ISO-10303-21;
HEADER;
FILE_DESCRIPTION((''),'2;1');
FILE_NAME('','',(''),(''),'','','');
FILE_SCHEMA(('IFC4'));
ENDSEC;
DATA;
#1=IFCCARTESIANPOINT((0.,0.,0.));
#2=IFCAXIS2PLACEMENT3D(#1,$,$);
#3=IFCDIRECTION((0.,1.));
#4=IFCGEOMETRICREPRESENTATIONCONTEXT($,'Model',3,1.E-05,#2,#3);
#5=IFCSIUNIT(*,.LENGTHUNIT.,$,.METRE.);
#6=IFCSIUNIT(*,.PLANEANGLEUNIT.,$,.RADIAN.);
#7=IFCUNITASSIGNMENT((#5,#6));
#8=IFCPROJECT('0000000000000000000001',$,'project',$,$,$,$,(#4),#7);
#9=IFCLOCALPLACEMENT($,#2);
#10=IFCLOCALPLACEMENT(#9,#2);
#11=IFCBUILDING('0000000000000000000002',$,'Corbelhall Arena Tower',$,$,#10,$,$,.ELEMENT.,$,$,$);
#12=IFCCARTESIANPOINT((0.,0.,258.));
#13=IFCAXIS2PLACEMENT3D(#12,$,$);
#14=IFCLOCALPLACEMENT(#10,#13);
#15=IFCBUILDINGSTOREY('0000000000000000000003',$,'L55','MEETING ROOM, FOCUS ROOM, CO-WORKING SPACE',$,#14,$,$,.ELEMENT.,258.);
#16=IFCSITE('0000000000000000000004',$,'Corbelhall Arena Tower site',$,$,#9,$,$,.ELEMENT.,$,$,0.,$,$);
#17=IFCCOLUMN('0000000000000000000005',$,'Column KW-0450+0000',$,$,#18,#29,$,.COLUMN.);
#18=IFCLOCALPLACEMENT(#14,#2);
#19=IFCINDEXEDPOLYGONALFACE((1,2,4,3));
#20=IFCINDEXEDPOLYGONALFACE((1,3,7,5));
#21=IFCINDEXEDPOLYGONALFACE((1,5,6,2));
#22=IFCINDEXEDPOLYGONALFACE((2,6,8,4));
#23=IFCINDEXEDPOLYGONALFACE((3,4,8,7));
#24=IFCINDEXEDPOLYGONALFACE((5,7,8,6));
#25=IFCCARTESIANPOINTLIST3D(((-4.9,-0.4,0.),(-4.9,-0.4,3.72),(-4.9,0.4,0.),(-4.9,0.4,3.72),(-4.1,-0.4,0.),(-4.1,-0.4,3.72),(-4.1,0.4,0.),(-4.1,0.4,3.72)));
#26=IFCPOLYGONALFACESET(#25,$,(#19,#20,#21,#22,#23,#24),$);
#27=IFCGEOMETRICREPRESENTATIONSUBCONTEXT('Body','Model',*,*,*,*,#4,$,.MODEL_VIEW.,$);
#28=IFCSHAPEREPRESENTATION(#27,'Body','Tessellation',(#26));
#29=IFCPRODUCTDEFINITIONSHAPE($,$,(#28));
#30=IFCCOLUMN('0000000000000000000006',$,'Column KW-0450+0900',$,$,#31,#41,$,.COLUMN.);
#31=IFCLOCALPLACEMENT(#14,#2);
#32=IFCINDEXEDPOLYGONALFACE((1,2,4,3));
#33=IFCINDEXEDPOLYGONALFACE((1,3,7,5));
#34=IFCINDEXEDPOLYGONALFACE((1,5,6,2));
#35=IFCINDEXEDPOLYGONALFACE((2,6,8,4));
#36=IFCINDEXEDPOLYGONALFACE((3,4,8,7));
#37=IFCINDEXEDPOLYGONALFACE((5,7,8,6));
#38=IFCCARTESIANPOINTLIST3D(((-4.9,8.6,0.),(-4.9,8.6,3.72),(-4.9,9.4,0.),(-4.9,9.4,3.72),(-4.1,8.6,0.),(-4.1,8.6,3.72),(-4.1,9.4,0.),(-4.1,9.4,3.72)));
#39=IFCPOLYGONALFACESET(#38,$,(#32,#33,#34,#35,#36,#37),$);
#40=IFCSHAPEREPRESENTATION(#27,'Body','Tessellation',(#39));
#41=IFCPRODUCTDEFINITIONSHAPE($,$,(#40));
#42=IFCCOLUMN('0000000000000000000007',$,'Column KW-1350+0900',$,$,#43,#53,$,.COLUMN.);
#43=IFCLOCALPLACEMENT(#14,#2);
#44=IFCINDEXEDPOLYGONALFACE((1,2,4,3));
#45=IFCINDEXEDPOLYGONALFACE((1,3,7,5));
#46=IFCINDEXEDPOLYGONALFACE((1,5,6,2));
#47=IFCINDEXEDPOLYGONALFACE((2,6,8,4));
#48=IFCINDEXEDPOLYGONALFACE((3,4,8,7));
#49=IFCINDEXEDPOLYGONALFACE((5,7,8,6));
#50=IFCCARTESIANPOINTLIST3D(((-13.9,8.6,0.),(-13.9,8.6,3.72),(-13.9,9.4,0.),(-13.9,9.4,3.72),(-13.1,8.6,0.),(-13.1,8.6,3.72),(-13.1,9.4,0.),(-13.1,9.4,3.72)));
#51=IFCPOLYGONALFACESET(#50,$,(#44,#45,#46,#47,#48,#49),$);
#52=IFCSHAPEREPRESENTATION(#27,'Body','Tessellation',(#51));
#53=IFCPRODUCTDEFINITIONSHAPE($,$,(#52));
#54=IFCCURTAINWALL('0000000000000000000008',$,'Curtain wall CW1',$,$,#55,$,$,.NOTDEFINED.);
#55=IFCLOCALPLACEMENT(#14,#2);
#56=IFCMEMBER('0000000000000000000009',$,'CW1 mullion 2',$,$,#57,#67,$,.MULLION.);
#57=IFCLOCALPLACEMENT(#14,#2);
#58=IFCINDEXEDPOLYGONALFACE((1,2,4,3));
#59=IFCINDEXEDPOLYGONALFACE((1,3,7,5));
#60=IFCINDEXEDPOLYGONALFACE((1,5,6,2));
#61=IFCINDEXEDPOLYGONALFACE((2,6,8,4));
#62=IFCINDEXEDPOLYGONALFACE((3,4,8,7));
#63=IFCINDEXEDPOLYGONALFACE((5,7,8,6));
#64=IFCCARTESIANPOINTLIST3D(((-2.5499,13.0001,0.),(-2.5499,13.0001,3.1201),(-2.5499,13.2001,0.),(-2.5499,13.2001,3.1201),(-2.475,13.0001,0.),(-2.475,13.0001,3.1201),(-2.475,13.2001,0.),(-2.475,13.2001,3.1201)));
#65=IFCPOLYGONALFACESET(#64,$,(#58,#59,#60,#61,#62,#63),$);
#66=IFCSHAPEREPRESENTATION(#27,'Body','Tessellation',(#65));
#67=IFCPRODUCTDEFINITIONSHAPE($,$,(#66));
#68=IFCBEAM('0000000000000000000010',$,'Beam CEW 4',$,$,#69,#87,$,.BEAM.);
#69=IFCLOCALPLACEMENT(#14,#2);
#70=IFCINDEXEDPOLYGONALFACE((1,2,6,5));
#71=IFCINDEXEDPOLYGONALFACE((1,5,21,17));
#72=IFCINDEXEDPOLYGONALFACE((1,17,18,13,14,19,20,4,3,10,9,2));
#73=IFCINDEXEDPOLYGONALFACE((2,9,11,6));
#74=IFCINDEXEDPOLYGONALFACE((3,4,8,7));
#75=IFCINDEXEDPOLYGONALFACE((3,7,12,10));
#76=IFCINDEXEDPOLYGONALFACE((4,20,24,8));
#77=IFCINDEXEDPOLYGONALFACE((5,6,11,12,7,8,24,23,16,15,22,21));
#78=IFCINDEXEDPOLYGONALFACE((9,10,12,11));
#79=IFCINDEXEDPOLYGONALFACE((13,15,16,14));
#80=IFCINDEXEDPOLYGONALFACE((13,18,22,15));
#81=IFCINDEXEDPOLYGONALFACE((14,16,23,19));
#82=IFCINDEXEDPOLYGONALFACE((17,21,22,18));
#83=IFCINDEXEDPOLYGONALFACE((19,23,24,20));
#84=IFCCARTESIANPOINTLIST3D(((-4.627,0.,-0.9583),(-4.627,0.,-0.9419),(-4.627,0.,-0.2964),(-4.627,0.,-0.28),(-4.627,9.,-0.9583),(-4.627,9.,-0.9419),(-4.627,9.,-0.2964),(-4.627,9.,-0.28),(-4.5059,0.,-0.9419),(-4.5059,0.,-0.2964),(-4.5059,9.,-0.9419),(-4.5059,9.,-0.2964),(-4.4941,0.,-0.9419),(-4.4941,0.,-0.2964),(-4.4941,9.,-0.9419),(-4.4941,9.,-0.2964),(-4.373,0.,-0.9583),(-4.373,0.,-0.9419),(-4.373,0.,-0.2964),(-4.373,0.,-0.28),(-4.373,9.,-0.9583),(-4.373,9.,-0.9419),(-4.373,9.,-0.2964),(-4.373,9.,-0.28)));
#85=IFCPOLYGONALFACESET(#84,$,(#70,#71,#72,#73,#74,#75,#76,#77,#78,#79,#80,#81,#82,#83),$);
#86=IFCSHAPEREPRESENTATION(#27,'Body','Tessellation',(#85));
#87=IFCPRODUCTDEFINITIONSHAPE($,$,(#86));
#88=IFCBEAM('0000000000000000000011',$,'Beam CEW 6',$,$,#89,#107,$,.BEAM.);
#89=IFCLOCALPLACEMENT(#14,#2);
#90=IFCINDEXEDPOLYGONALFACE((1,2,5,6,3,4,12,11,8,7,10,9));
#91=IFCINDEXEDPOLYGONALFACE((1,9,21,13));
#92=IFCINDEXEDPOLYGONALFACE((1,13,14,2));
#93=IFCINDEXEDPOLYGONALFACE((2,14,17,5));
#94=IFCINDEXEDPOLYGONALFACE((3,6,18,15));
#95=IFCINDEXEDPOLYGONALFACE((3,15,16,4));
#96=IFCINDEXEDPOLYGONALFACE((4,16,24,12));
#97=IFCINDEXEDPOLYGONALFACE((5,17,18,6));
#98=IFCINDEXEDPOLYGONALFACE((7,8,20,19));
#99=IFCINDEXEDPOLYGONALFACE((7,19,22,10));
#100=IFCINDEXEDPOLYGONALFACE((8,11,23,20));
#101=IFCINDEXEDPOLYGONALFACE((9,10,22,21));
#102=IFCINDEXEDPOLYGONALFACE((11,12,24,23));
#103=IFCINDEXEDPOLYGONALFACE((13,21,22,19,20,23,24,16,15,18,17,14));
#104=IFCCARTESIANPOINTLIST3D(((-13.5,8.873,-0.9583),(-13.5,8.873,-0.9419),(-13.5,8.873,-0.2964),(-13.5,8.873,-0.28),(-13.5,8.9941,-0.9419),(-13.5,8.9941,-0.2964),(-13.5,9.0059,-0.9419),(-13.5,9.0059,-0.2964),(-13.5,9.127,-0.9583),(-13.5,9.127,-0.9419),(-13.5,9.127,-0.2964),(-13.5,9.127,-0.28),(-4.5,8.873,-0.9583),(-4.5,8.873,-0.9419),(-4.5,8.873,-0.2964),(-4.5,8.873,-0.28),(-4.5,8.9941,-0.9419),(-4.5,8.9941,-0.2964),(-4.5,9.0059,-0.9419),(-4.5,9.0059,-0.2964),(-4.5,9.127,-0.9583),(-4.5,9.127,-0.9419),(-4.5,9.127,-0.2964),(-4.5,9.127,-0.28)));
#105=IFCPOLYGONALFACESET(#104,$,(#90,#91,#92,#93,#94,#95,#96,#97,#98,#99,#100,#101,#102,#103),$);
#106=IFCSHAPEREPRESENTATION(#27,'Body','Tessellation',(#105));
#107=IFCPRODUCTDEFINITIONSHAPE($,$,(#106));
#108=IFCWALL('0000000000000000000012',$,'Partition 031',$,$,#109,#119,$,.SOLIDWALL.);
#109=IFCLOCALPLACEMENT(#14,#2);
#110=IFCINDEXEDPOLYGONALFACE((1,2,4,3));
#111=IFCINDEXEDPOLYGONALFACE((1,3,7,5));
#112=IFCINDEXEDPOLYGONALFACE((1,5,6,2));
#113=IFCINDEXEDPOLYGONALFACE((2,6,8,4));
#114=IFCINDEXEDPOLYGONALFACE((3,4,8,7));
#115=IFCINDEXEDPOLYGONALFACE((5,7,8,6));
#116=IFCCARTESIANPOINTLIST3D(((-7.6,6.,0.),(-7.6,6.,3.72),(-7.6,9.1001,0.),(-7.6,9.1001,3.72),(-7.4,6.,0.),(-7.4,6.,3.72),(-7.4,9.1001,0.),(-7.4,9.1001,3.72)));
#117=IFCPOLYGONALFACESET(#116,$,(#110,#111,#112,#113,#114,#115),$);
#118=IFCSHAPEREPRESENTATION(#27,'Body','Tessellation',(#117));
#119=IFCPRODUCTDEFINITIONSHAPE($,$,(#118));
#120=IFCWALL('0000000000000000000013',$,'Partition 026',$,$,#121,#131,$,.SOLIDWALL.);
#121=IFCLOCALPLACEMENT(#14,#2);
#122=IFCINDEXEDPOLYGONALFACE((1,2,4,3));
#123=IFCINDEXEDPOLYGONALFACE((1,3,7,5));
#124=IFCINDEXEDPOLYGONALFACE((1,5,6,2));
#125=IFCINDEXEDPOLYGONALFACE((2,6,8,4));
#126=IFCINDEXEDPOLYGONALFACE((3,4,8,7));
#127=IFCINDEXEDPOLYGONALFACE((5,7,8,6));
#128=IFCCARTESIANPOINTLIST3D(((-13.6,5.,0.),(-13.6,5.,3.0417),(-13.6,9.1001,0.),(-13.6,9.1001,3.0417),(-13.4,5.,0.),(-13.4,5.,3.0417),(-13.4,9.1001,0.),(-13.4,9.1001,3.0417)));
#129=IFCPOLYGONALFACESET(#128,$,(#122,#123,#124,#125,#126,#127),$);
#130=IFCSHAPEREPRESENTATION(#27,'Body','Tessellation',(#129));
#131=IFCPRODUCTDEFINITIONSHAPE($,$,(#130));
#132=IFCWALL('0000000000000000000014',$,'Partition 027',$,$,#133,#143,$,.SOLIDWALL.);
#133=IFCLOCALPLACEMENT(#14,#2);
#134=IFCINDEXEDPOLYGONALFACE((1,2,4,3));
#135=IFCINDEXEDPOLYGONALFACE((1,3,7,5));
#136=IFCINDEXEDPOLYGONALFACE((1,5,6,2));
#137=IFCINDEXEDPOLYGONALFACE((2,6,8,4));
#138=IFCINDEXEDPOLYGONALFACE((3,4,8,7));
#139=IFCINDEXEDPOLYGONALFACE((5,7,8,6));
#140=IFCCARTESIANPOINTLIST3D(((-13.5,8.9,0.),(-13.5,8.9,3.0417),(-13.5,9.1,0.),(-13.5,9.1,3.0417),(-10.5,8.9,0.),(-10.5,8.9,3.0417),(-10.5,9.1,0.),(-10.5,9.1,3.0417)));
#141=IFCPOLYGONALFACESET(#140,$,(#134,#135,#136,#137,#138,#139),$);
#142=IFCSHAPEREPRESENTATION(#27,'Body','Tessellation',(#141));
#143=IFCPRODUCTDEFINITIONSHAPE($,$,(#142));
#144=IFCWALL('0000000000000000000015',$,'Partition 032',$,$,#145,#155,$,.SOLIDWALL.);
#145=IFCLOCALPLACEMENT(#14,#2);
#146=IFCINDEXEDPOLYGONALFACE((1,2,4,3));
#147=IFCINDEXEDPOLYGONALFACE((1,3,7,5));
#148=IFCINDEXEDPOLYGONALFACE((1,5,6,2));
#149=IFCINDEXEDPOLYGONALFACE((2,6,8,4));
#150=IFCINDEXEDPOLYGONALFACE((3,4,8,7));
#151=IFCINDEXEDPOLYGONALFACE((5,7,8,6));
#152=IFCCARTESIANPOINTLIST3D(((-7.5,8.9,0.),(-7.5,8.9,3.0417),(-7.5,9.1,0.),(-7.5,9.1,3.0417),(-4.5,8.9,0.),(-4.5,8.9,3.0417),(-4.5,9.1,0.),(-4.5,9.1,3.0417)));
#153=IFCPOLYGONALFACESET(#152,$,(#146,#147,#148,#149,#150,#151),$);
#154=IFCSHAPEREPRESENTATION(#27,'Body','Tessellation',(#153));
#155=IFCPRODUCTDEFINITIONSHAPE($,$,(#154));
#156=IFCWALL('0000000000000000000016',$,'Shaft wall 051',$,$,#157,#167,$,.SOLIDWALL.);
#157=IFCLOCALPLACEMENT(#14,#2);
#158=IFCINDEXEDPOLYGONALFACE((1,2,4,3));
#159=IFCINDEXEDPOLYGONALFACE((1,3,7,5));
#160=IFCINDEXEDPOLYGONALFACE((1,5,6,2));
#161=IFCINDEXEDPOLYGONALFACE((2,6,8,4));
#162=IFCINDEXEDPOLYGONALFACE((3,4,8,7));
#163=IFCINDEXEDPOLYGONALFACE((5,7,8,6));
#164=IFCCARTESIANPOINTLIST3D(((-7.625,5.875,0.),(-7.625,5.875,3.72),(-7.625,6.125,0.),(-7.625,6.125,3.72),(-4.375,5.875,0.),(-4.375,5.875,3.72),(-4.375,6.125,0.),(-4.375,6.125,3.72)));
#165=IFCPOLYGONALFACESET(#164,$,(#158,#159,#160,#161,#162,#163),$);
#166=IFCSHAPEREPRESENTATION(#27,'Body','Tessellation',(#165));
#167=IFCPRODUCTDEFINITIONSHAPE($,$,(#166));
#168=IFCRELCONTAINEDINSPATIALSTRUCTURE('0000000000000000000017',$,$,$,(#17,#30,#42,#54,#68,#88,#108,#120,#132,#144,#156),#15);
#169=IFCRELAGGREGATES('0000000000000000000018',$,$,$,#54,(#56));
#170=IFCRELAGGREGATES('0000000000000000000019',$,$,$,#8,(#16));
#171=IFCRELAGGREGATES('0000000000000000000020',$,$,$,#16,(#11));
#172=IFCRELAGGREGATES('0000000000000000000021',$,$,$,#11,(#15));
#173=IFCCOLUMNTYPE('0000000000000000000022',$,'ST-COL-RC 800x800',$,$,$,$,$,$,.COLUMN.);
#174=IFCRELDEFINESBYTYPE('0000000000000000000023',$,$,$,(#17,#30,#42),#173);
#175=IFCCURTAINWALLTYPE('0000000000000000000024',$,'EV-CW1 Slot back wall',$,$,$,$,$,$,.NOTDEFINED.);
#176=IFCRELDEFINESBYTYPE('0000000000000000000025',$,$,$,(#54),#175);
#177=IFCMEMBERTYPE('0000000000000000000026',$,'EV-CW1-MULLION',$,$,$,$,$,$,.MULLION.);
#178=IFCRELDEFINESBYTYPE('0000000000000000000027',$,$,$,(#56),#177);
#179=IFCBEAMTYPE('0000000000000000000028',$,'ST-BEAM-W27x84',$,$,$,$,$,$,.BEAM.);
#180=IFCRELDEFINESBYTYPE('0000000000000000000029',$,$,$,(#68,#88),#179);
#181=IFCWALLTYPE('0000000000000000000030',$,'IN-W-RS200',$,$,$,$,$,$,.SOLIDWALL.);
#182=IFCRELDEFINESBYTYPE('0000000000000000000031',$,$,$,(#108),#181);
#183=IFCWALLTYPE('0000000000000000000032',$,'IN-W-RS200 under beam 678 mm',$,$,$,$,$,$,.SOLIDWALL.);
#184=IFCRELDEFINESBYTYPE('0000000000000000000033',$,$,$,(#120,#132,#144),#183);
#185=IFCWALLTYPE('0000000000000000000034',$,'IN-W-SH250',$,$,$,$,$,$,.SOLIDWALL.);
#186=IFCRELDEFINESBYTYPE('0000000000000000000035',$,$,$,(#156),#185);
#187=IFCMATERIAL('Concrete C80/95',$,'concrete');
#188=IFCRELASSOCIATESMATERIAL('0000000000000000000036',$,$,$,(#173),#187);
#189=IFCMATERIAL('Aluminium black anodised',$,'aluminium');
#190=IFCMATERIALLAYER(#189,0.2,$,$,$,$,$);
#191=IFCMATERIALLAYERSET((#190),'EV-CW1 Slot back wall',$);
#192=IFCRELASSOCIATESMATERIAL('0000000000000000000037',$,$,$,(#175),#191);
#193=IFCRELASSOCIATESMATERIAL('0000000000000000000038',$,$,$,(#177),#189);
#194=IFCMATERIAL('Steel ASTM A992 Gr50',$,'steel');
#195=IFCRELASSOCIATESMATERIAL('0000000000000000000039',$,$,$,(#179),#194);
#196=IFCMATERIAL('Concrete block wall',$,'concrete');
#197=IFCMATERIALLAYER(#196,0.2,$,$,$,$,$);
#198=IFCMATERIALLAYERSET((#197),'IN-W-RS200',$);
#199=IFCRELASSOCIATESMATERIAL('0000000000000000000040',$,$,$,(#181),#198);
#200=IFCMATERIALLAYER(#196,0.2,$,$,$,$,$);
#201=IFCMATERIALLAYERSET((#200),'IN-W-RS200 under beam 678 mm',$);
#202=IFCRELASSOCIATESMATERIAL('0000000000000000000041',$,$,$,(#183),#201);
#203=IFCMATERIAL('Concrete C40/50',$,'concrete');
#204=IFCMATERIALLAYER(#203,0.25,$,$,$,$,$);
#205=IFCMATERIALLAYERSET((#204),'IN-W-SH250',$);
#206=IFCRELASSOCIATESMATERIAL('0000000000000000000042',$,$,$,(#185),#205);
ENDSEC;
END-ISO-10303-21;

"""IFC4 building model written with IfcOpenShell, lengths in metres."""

from ifc_helpers import new_model, si_unit, direction, frame, frame_2d, origin, origin_2d, place, context, subcontext, project, spatial, rectangle, i_section, extrude, material, layer, layer_set, material_profile, profile_set, type_object, element, aggregate, save


model = new_model("IFC4")

# Units and contexts
model_context = context("Model", 3, precision=1e-05, world=origin(), true_north=direction((0.0, 1.0)))
body_context = subcontext(model_context, "Body", "Model", "MODEL_VIEW")
ifc_project = project(units=[si_unit("LENGTHUNIT", "METRE"), si_unit("PLANEANGLEUNIT", "RADIAN")], contexts=[model_context])

# Site, building, storey
site_placement = place(None, origin())
site = spatial("IfcSite", under=ifc_project, at=site_placement, Name="Corbelhall Arena Tower site", CompositionType="ELEMENT", RefElevation=0.0)
building_placement = place(site_placement, origin())
building = spatial("IfcBuilding", under=site, at=building_placement, Name="Corbelhall Arena Tower", CompositionType="ELEMENT")
storey_placement = place(building_placement, frame((0.0, 0.0, 258.0)))
storey = spatial("IfcBuildingStorey", under=building, at=storey_placement, Name="L55", Description="MEETING ROOM, FOCUS ROOM, CO-WORKING SPACE", CompositionType="ELEMENT", Elevation=258.0)

# Columns
ifc_material_1 = material(Name="Concrete C80/95", Category="concrete")
ifc_material_profile_1 = material_profile(ifc_material_1, rectangle(XDim=0.8, YDim=0.8, at=origin_2d()))
ifc_profile_set_1 = profile_set([ifc_material_profile_1], Name="Concrete C80/95")
column_type = type_object("IfcColumnType", Name="ST-COL-RC 800x800", PredefinedType="COLUMN", material=ifc_profile_set_1)
for number, where, z_axis, x_axis, name in (
    (1, (-4.5, 0.0, 0.0), (0.0, 0.0, 1.0), (1.0, 0.0, 0.0), "Column KW-0450+0000"),
    (2, (-4.5, 9.0, 0.0), (0.0, 0.0, 1.0), (1.0, 0.0, 0.0), "Column KW-0450+0900"),
    (3, (-13.5, 9.0, 0.0), (0.0, 0.0, 1.0), (1.0, 0.0, 0.0), "Column KW-1350+0900"),
):
    element("IfcColumn", number, at=place(storey_placement, frame(where, z_axis=z_axis, x_axis=x_axis)), inside=storey, type_object=column_type, Name=name, PredefinedType="COLUMN", context=body_context, shape_type="SweptSolid", body=[
        extrude(rectangle(XDim=0.8, YDim=0.8, at=origin_2d()), origin(), (0.0, 0.0, 1.0), 3.72),
    ])

# Curtain wall, member
ifc_material_2 = material(Name="Aluminium black anodised", Category="aluminium")
ifc_layer_1 = layer(ifc_material_2, 0.2)
ifc_layer_set_1 = layer_set([ifc_layer_1], Name="EV-CW1 Slot back wall")
curtain_wall_type = type_object("IfcCurtainWallType", Name="EV-CW1 Slot back wall", PredefinedType="NOTDEFINED", material=ifc_layer_set_1)
curtain_wall_placement = place(storey_placement, origin())
curtain_wall = element("IfcCurtainWall", 4, at=curtain_wall_placement, inside=storey, type_object=curtain_wall_type, Name="Curtain wall CW1", PredefinedType="NOTDEFINED")
ifc_material_profile_2 = material_profile(ifc_material_2, rectangle(XDim=0.2, YDim=0.075, at=origin_2d()))
ifc_profile_set_2 = profile_set([ifc_material_profile_2], Name="Aluminium black anodised")
member_type = type_object("IfcMemberType", Name="EV-CW1-MULLION", PredefinedType="MULLION", material=ifc_profile_set_2)
member_placement = place(storey_placement, frame((-2.5125, 13.1001, 0.0), z_axis=(0.0, 0.0, 1.0), x_axis=(0.0, -1.0, 0.0)))
member = element("IfcMember", 5, at=member_placement, type_object=member_type, Name="CW1 mullion 2", PredefinedType="MULLION", context=body_context, shape_type="SweptSolid", body=[
    extrude(rectangle(XDim=0.2, YDim=0.075, at=origin_2d()), origin(), (0.0, 0.0, 1.0), 3.1201),
])
aggregate(curtain_wall, [member])

# Beams
ifc_material_3 = material(Name="Steel ASTM A992 Gr50", Category="steel")
ifc_material_profile_3 = material_profile(ifc_material_3, i_section(OverallWidth=0.2539, OverallDepth=0.6782, WebThickness=0.0117, FlangeThickness=0.0164, at=origin_2d()))
ifc_profile_set_3 = profile_set([ifc_material_profile_3], Name="Steel ASTM A992 Gr50")
beam_type = type_object("IfcBeamType", Name="ST-BEAM-W27x84", PredefinedType="BEAM", material=ifc_profile_set_3)
for number, where, z_axis, x_axis, name in (
    (6, (-4.5, 0.0, -0.6191), (0.0, 1.0, 0.0), (-1.0, 0.0, 0.0), "Beam CEW 4"),
    (7, (-13.5, 9.0, -0.6191), (1.0, 0.0, 0.0), (0.0, 1.0, 0.0), "Beam CEW 6"),
):
    element("IfcBeam", number, at=place(storey_placement, frame(where, z_axis=z_axis, x_axis=x_axis)), inside=storey, type_object=beam_type, Name=name, PredefinedType="BEAM", context=body_context, shape_type="SweptSolid", body=[
        extrude(i_section(OverallWidth=0.2539, OverallDepth=0.6782, WebThickness=0.0117, FlangeThickness=0.0164, at=origin_2d()), origin(), (0.0, 0.0, 1.0), 9.0),
    ])

# Shared definitions
ifc_material_4 = material(Name="Concrete block wall", Category="concrete")
ifc_layer_2 = layer(ifc_material_4, 0.2)
ifc_layer_set_2 = layer_set([ifc_layer_2], Name="IN-W-RS200")
wall_type_1 = type_object("IfcWallType", Name="IN-W-RS200", PredefinedType="SOLIDWALL", material=ifc_layer_set_2)

# Walls
wall_1_placement = place(storey_placement, frame((-7.5, 6.0, 0.0), z_axis=(0.0, 0.0, 1.0), x_axis=(0.0, 1.0, 0.0)))
element("IfcWall", 8, at=wall_1_placement, inside=storey, type_object=wall_type_1, Name="Partition 031", PredefinedType="SOLIDWALL", context=body_context, shape_type="SweptSolid", body=[
    extrude(rectangle(XDim=3.1001, YDim=0.2, at=frame_2d((1.55, 0.0))), origin(), (0.0, 0.0, 1.0), 3.72),
])
ifc_layer_3 = layer(ifc_material_4, 0.2)
ifc_layer_set_3 = layer_set([ifc_layer_3], Name="IN-W-RS200 under beam 678 mm")
wall_type_2 = type_object("IfcWallType", Name="IN-W-RS200 under beam 678 mm", PredefinedType="SOLIDWALL", material=ifc_layer_set_3)
wall_2_placement = place(storey_placement, frame((-13.5, 5.0, 0.0), z_axis=(0.0, 0.0, 1.0), x_axis=(0.0, 1.0, 0.0)))
element("IfcWall", 9, at=wall_2_placement, inside=storey, type_object=wall_type_2, Name="Partition 026", PredefinedType="SOLIDWALL", context=body_context, shape_type="SweptSolid", body=[
    extrude(rectangle(XDim=4.1001, YDim=0.2, at=frame_2d((2.05, 0.0))), origin(), (0.0, 0.0, 1.0), 3.0417),
])
for number, where, z_axis, x_axis, name in (
    (10, (-13.5, 9.0, 0.0), (0.0, 0.0, 1.0), (1.0, 0.0, 0.0), "Partition 027"),
    (11, (-7.5, 9.0, 0.0), (0.0, 0.0, 1.0), (1.0, 0.0, 0.0), "Partition 032"),
):
    element("IfcWall", number, at=place(storey_placement, frame(where, z_axis=z_axis, x_axis=x_axis)), inside=storey, type_object=wall_type_2, Name=name, PredefinedType="SOLIDWALL", context=body_context, shape_type="SweptSolid", body=[
        extrude(rectangle(XDim=3.0, YDim=0.2, at=frame_2d((1.5, 0.0))), origin(), (0.0, 0.0, 1.0), 3.0417),
    ])

# Wall
ifc_material_5 = material(Name="Concrete C40/50", Category="concrete")
ifc_layer_4 = layer(ifc_material_5, 0.25)
ifc_layer_set_4 = layer_set([ifc_layer_4], Name="IN-W-SH250")
wall_type_3 = type_object("IfcWallType", Name="IN-W-SH250", PredefinedType="SOLIDWALL", material=ifc_layer_set_4)
wall_3_placement = place(storey_placement, frame((-7.625, 6.0, 0.0), z_axis=(0.0, 0.0, 1.0), x_axis=(1.0, 0.0, 0.0)))
element("IfcWall", 12, at=wall_3_placement, inside=storey, type_object=wall_type_3, Name="Shaft wall 051", PredefinedType="SOLIDWALL", context=body_context, shape_type="SweptSolid", body=[
    extrude(rectangle(XDim=3.25, YDim=0.25, at=frame_2d((1.625, 0.0))), origin(), (0.0, 0.0, 1.0), 3.72),
])

save(model, "model.ifc")
